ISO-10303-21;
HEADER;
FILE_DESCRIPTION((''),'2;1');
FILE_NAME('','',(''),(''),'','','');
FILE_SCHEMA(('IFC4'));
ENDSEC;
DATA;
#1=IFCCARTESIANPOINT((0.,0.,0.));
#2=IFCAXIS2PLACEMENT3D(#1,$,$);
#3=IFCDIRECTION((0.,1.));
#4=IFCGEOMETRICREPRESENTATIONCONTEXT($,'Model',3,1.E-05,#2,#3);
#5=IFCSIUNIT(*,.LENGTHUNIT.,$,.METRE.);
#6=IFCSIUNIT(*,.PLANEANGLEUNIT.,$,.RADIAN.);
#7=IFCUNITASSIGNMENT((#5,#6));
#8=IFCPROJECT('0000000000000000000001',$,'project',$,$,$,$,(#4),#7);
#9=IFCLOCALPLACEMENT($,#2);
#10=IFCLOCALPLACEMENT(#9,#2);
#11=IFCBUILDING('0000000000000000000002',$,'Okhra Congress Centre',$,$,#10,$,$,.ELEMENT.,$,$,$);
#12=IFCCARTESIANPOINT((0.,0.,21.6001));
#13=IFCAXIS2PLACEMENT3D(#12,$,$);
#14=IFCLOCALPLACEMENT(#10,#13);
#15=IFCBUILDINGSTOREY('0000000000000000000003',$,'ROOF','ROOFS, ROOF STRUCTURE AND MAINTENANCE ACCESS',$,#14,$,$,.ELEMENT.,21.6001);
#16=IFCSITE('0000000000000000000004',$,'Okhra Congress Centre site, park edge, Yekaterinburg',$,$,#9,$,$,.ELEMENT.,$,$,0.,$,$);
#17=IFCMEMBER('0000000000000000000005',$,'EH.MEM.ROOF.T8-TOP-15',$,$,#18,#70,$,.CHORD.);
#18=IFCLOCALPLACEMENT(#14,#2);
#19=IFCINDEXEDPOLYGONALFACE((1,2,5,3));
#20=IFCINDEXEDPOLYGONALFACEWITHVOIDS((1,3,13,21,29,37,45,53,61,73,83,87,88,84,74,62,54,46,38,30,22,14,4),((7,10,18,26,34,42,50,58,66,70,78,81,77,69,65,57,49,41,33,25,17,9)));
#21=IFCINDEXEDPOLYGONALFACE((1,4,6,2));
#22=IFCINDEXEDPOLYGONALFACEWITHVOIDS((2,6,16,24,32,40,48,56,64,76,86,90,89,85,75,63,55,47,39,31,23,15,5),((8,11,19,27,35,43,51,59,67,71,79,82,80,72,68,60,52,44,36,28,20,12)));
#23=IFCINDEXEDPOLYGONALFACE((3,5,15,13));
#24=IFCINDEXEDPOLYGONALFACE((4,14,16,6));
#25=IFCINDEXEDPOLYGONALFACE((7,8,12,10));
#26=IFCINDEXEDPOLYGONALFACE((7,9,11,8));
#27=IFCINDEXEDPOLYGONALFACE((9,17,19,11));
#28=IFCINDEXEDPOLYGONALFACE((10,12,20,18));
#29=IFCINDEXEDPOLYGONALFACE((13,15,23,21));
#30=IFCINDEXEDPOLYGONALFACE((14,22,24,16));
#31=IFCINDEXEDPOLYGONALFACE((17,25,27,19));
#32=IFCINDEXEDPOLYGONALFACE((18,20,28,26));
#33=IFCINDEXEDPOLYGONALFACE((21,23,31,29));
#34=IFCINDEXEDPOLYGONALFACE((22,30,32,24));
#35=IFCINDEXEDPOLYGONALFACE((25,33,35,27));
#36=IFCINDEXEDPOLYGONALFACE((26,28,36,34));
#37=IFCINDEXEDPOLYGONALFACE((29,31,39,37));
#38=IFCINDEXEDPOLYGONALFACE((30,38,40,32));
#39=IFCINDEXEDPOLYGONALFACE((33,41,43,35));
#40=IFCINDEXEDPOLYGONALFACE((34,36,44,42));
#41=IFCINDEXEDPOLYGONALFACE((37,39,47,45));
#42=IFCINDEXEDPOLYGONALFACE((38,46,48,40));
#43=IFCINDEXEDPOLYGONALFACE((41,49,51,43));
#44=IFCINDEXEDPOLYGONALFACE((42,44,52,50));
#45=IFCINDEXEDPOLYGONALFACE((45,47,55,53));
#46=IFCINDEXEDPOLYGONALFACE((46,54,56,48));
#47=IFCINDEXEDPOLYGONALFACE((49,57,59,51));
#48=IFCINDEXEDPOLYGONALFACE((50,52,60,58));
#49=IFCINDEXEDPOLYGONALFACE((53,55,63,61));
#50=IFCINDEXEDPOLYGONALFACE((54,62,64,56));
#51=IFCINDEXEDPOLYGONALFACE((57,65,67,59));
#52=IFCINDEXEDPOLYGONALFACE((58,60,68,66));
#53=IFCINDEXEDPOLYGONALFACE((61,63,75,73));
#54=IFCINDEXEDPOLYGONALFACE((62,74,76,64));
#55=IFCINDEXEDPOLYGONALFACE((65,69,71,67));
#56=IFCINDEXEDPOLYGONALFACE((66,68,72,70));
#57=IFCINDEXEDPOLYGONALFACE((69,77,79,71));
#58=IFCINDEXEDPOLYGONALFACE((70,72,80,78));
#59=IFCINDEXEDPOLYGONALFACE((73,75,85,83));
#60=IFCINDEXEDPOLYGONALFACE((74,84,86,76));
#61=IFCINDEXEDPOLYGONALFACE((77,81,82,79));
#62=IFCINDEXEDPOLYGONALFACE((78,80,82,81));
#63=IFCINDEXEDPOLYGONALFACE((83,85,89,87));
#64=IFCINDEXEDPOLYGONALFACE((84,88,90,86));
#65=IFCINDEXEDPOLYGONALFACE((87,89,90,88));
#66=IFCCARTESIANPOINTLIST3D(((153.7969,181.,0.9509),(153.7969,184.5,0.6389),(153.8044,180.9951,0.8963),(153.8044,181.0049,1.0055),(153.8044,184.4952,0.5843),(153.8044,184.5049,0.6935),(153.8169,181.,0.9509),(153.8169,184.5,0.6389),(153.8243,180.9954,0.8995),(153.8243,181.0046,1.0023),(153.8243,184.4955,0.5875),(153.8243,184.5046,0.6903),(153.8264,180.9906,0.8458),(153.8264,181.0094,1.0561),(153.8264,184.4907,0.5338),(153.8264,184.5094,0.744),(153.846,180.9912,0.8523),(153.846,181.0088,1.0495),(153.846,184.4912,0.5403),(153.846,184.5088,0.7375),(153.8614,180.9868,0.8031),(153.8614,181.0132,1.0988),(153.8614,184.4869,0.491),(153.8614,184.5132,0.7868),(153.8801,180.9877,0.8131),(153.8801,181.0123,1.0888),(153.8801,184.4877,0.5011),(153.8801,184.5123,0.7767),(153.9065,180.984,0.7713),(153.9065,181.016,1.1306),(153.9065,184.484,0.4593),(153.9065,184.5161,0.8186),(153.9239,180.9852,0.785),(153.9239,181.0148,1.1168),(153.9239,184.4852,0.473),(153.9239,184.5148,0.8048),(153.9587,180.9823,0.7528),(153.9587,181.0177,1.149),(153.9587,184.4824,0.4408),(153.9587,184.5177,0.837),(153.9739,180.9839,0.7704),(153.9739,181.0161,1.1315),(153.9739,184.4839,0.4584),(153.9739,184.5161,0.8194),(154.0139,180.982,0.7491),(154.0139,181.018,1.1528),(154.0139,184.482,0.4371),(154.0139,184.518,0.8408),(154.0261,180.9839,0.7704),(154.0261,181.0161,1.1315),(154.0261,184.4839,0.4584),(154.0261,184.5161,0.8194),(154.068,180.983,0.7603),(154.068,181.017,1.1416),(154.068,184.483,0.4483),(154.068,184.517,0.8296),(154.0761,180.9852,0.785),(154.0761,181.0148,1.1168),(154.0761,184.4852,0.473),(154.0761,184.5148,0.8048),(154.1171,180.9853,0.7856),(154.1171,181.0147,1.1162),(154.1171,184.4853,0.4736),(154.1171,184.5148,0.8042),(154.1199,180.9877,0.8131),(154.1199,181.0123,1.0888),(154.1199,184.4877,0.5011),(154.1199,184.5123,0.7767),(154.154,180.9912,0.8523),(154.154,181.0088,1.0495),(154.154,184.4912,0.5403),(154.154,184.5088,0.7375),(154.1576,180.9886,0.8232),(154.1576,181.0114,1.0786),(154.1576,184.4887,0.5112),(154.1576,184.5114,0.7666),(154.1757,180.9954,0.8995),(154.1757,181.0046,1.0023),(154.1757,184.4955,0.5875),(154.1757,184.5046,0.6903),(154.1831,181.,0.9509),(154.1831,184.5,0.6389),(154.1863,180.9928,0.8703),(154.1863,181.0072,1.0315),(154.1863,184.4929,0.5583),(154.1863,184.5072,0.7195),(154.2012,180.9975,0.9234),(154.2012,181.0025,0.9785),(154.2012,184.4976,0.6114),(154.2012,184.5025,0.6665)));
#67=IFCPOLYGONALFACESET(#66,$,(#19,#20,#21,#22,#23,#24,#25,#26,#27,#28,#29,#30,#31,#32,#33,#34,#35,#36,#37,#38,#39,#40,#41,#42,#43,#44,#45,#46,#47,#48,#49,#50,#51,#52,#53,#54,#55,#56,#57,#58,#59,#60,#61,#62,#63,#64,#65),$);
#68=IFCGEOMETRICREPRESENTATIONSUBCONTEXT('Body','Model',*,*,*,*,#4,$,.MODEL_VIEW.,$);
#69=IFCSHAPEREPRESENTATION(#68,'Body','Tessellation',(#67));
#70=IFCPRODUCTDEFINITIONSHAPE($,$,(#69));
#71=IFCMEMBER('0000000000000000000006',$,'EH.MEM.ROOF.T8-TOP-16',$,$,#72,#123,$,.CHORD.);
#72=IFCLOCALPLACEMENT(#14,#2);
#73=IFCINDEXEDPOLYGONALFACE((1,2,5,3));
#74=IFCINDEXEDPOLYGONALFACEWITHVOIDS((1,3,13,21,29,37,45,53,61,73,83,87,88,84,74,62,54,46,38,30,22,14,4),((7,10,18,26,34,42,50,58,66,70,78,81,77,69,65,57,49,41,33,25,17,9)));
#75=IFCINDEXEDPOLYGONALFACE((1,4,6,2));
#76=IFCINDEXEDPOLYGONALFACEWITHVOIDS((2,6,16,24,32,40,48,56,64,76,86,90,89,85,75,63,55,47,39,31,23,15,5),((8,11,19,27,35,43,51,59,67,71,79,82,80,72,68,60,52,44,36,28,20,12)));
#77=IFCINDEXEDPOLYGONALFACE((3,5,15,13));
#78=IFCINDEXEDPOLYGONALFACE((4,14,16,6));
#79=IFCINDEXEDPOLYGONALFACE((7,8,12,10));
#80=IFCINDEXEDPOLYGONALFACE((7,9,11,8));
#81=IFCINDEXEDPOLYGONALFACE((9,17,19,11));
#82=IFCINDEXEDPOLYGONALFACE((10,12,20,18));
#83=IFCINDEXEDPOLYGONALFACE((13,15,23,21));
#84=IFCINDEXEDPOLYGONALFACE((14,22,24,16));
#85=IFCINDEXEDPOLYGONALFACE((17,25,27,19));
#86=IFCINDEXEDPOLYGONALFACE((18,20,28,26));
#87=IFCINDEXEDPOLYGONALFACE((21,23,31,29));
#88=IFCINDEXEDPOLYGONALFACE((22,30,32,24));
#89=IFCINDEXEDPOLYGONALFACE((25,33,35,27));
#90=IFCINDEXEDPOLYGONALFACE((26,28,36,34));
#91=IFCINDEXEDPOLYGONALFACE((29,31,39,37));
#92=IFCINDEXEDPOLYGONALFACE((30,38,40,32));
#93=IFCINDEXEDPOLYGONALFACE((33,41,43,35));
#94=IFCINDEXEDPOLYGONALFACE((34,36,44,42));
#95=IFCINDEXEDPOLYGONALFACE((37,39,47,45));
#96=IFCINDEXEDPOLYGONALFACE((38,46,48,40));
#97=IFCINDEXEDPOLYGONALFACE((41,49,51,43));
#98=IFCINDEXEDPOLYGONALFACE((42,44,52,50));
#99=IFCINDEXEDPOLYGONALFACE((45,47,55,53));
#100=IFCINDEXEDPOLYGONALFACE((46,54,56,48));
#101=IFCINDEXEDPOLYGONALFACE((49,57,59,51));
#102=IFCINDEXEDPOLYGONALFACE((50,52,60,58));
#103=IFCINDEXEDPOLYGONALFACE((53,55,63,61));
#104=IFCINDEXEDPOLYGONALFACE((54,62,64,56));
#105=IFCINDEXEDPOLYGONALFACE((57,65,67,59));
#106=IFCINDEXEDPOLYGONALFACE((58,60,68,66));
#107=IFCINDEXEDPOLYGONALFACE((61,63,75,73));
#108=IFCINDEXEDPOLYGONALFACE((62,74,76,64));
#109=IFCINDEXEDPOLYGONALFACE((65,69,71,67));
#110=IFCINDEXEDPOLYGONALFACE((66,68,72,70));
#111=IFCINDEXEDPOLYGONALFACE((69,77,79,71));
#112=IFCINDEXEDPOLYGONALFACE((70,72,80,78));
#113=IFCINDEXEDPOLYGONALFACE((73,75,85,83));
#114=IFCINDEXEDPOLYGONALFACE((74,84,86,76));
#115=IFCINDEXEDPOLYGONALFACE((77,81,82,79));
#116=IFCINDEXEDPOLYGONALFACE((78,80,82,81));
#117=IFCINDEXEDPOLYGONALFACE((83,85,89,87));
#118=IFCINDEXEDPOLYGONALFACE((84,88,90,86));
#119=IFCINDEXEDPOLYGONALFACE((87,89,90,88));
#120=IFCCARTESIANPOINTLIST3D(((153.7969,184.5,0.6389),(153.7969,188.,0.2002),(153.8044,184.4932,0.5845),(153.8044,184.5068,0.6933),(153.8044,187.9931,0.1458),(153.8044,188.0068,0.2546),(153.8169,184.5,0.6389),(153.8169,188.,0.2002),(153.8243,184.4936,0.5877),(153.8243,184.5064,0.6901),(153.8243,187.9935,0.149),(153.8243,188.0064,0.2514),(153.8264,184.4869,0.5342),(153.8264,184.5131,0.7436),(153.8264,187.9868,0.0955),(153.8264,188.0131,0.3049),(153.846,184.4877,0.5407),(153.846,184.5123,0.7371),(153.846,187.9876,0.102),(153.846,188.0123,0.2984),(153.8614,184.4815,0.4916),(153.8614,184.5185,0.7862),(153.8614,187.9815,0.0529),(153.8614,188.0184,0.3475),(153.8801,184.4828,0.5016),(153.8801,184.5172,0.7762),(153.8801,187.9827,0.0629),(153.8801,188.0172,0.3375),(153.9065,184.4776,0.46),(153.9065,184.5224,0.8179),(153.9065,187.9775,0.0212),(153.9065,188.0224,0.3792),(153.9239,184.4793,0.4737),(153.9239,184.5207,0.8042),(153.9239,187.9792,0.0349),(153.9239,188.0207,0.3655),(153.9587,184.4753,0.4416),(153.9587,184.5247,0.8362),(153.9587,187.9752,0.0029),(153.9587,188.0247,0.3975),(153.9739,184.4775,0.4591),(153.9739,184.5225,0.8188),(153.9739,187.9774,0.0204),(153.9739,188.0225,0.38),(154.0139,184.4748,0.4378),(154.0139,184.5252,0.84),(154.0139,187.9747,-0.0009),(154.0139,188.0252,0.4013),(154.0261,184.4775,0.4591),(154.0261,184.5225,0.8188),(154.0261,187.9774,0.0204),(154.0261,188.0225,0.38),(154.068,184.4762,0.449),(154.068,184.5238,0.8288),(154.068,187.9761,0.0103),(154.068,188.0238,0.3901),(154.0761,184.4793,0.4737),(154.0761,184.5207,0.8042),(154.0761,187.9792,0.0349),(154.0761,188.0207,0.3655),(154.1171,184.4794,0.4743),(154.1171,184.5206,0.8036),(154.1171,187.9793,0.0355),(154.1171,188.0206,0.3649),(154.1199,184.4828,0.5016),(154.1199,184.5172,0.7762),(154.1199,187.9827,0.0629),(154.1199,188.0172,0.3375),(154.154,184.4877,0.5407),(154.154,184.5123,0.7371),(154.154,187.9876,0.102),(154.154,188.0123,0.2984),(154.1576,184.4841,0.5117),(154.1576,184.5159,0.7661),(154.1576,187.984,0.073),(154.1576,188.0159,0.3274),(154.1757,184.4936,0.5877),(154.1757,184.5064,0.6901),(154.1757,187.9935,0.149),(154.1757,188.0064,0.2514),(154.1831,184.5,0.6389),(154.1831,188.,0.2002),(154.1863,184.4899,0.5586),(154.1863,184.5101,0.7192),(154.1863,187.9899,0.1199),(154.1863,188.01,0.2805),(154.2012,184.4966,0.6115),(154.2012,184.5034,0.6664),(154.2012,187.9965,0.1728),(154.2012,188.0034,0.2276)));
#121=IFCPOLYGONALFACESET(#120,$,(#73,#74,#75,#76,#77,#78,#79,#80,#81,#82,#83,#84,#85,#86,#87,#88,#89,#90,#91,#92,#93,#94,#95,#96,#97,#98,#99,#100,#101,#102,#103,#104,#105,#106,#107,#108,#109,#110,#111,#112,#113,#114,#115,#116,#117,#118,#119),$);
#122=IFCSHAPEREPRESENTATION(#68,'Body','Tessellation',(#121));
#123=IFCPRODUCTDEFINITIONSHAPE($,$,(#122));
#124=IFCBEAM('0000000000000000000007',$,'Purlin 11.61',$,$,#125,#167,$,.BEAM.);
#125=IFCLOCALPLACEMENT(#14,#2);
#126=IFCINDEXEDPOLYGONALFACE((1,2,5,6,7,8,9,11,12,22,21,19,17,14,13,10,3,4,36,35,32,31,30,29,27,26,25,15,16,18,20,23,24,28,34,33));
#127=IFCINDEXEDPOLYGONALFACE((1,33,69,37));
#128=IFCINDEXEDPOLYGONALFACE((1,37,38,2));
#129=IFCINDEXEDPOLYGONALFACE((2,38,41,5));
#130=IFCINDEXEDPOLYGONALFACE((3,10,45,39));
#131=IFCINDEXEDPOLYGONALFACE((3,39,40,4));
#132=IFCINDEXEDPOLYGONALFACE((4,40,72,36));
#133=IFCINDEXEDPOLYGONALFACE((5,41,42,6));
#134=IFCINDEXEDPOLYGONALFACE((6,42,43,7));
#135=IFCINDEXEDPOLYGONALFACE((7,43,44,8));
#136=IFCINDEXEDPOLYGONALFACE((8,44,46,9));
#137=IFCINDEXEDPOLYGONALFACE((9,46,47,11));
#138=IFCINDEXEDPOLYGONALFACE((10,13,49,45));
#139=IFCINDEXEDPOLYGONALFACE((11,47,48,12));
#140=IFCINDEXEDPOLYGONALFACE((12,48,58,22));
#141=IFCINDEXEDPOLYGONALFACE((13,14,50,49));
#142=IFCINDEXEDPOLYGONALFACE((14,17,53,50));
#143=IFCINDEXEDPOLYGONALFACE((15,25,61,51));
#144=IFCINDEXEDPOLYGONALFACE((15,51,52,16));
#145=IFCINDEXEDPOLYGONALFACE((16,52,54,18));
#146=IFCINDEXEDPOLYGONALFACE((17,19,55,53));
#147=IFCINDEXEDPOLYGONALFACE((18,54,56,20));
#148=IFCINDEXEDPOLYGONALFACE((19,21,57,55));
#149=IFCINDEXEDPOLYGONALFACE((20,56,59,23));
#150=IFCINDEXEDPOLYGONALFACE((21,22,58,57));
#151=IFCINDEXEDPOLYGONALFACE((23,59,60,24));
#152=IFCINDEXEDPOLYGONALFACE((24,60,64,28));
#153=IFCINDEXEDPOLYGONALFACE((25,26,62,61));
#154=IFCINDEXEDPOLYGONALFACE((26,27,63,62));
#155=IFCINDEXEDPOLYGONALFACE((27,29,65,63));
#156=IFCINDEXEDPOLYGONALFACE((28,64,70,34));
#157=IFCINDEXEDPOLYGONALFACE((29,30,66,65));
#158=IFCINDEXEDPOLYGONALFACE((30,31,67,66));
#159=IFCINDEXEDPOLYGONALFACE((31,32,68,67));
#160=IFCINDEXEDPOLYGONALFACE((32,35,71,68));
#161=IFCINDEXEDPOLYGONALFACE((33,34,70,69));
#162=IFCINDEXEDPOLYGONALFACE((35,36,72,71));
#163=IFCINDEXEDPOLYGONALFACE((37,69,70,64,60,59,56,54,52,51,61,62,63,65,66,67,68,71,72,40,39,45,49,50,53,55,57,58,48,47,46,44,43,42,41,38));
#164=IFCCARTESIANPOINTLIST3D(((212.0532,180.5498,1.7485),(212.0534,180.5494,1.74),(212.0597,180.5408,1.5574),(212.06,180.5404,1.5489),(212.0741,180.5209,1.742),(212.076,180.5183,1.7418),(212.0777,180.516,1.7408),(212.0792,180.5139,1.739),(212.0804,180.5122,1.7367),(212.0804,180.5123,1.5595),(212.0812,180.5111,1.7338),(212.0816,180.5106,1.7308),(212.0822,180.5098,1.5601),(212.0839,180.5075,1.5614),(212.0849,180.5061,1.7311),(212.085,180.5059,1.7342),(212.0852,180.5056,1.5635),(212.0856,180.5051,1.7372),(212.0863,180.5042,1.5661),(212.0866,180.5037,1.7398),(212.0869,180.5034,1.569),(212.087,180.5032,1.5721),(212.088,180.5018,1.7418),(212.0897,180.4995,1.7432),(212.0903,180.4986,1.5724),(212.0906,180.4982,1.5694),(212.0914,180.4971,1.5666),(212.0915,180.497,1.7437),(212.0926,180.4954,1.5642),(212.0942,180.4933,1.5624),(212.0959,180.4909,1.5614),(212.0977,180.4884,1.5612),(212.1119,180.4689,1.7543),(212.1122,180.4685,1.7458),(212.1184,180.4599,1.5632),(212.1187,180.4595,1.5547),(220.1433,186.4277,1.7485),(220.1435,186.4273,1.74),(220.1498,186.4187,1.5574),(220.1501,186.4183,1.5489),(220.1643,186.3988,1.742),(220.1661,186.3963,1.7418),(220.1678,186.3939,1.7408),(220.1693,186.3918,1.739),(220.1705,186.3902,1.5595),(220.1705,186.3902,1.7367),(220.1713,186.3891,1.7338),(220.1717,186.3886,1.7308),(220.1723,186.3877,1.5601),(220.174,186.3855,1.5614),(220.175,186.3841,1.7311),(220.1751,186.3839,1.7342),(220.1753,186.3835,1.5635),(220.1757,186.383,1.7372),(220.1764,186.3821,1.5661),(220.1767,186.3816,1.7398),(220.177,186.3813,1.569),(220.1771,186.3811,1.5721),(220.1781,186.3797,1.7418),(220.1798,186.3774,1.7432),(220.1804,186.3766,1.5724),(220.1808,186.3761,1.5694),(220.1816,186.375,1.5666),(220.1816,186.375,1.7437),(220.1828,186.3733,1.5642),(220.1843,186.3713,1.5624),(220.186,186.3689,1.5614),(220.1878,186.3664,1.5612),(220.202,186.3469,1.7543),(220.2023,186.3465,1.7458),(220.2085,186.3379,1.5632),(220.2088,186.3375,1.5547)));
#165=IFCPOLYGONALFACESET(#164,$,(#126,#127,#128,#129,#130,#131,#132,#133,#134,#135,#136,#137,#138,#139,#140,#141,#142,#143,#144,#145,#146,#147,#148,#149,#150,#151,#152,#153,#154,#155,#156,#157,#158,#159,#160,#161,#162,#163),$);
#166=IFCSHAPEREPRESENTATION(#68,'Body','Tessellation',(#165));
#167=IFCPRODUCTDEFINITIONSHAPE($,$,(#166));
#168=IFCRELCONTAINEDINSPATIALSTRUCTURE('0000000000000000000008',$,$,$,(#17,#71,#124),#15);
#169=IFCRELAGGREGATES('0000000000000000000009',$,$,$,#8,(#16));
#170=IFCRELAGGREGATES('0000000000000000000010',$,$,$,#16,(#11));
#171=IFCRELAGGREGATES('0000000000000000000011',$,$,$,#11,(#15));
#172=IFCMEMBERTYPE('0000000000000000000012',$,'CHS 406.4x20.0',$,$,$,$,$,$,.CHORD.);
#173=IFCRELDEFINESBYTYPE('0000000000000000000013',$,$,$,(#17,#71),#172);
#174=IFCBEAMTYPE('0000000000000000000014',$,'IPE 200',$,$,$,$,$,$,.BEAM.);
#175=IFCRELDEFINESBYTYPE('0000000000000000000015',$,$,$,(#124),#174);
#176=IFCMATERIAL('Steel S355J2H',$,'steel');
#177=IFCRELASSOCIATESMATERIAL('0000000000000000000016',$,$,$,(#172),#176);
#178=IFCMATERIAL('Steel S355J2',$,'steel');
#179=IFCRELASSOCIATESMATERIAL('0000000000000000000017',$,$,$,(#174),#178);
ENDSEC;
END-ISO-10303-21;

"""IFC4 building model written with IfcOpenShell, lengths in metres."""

from ifc_helpers import new_model, si_unit, direction, frame, origin, origin_2d, place, context, subcontext, project, spatial, hollow_circle, i_section, extrude, material, material_profile, profile_set, type_object, element, save


model = new_model("IFC4")

# Units and contexts
model_context = context("Model", 3, precision=1e-05, world=origin(), true_north=direction((0.0, 1.0)))
body_context = subcontext(model_context, "Body", "Model", "MODEL_VIEW")
ifc_project = project(units=[si_unit("LENGTHUNIT", "METRE"), si_unit("PLANEANGLEUNIT", "RADIAN")], contexts=[model_context])

# Site, building, storey
site_placement = place(None, origin())
site = spatial("IfcSite", under=ifc_project, at=site_placement, Name="Okhra Congress Centre site, park edge, Yekaterinburg", CompositionType="ELEMENT", RefElevation=0.0)
building_placement = place(site_placement, origin())
building = spatial("IfcBuilding", under=site, at=building_placement, Name="Okhra Congress Centre", CompositionType="ELEMENT")
storey_placement = place(building_placement, frame((0.0, 0.0, 21.6001)))
storey = spatial("IfcBuildingStorey", under=building, at=storey_placement, Name="ROOF", Description="ROOFS, ROOF STRUCTURE AND MAINTENANCE ACCESS", CompositionType="ELEMENT", Elevation=21.6001)

# Members
ifc_material_1 = material(Name="Steel S355J2H", Category="steel")
ifc_material_profile_1 = material_profile(ifc_material_1, hollow_circle(Radius=0.2031, WallThickness=0.02, at=origin_2d()), Name="CHS 406.4x20.0")
ifc_profile_set_1 = profile_set([ifc_material_profile_1], Name="Steel S355J2H")
member_type_1 = type_object("IfcMemberType", Name="CHS 406.4x20.0", PredefinedType="CHORD", material=ifc_profile_set_1)
member_1_placement = place(storey_placement, frame((154.0, 181.0, 0.9509), z_axis=(0.0, 0.99605, -0.088794), x_axis=(-1.0, 0.0, 0.0)))
element("IfcMember", 1, at=member_1_placement, inside=storey, type_object=member_type_1, Name="EH.MEM.ROOF.T8-TOP-15", PredefinedType="CHORD", context=body_context, shape_type="SweptSolid", body=[
    extrude(hollow_circle(Radius=0.2031, WallThickness=0.02, at=origin_2d()), origin(), (0.0, 0.0, 1.0), 3.5139),
])
member_2_placement = place(storey_placement, frame((154.0, 184.5, 0.6389), z_axis=(0.0, 0.992235, -0.124375), x_axis=(-1.0, 0.0, 0.0)))
element("IfcMember", 2, at=member_2_placement, inside=storey, type_object=member_type_1, Name="EH.MEM.ROOF.T8-TOP-16", PredefinedType="CHORD", context=body_context, shape_type="SweptSolid", body=[
    extrude(hollow_circle(Radius=0.2031, WallThickness=0.02, at=origin_2d()), origin(), (0.0, 0.0, 1.0), 3.5273),
])

# Beam
ifc_material_2 = material(Name="Steel S355J2", Category="steel")
ifc_material_profile_2 = material_profile(ifc_material_2, i_section(OverallWidth=0.1001, OverallDepth=0.2, WebThickness=0.0056, FlangeThickness=0.0085, FilletRadius=0.012, at=origin_2d()), Name="IPE 200")
ifc_profile_set_2 = profile_set([ifc_material_profile_2], Name="Steel S355J2")
beam_type = type_object("IfcBeamType", Name="IPE 200", PredefinedType="BEAM", material=ifc_profile_set_2)
for number, where, z_axis, x_axis, name in (
    (3, (212.0859, 180.5046, 1.6516), (0.80901, 0.587794, 0.0), (-0.5868, 0.807642, -0.058145), "Purlin 11.61"),
):
    element("IfcBeam", number, at=place(storey_placement, frame(where, z_axis=z_axis, x_axis=x_axis)), inside=storey, type_object=beam_type, Name=name, PredefinedType="BEAM", context=body_context, shape_type="SweptSolid", body=[
        extrude(i_section(OverallWidth=0.1001, OverallDepth=0.2, WebThickness=0.0056, FlangeThickness=0.0085, FilletRadius=0.012, at=origin_2d()), origin(), (0.0, 0.0, 1.0), 10.0),
    ])

save(model, "model.ifc")
